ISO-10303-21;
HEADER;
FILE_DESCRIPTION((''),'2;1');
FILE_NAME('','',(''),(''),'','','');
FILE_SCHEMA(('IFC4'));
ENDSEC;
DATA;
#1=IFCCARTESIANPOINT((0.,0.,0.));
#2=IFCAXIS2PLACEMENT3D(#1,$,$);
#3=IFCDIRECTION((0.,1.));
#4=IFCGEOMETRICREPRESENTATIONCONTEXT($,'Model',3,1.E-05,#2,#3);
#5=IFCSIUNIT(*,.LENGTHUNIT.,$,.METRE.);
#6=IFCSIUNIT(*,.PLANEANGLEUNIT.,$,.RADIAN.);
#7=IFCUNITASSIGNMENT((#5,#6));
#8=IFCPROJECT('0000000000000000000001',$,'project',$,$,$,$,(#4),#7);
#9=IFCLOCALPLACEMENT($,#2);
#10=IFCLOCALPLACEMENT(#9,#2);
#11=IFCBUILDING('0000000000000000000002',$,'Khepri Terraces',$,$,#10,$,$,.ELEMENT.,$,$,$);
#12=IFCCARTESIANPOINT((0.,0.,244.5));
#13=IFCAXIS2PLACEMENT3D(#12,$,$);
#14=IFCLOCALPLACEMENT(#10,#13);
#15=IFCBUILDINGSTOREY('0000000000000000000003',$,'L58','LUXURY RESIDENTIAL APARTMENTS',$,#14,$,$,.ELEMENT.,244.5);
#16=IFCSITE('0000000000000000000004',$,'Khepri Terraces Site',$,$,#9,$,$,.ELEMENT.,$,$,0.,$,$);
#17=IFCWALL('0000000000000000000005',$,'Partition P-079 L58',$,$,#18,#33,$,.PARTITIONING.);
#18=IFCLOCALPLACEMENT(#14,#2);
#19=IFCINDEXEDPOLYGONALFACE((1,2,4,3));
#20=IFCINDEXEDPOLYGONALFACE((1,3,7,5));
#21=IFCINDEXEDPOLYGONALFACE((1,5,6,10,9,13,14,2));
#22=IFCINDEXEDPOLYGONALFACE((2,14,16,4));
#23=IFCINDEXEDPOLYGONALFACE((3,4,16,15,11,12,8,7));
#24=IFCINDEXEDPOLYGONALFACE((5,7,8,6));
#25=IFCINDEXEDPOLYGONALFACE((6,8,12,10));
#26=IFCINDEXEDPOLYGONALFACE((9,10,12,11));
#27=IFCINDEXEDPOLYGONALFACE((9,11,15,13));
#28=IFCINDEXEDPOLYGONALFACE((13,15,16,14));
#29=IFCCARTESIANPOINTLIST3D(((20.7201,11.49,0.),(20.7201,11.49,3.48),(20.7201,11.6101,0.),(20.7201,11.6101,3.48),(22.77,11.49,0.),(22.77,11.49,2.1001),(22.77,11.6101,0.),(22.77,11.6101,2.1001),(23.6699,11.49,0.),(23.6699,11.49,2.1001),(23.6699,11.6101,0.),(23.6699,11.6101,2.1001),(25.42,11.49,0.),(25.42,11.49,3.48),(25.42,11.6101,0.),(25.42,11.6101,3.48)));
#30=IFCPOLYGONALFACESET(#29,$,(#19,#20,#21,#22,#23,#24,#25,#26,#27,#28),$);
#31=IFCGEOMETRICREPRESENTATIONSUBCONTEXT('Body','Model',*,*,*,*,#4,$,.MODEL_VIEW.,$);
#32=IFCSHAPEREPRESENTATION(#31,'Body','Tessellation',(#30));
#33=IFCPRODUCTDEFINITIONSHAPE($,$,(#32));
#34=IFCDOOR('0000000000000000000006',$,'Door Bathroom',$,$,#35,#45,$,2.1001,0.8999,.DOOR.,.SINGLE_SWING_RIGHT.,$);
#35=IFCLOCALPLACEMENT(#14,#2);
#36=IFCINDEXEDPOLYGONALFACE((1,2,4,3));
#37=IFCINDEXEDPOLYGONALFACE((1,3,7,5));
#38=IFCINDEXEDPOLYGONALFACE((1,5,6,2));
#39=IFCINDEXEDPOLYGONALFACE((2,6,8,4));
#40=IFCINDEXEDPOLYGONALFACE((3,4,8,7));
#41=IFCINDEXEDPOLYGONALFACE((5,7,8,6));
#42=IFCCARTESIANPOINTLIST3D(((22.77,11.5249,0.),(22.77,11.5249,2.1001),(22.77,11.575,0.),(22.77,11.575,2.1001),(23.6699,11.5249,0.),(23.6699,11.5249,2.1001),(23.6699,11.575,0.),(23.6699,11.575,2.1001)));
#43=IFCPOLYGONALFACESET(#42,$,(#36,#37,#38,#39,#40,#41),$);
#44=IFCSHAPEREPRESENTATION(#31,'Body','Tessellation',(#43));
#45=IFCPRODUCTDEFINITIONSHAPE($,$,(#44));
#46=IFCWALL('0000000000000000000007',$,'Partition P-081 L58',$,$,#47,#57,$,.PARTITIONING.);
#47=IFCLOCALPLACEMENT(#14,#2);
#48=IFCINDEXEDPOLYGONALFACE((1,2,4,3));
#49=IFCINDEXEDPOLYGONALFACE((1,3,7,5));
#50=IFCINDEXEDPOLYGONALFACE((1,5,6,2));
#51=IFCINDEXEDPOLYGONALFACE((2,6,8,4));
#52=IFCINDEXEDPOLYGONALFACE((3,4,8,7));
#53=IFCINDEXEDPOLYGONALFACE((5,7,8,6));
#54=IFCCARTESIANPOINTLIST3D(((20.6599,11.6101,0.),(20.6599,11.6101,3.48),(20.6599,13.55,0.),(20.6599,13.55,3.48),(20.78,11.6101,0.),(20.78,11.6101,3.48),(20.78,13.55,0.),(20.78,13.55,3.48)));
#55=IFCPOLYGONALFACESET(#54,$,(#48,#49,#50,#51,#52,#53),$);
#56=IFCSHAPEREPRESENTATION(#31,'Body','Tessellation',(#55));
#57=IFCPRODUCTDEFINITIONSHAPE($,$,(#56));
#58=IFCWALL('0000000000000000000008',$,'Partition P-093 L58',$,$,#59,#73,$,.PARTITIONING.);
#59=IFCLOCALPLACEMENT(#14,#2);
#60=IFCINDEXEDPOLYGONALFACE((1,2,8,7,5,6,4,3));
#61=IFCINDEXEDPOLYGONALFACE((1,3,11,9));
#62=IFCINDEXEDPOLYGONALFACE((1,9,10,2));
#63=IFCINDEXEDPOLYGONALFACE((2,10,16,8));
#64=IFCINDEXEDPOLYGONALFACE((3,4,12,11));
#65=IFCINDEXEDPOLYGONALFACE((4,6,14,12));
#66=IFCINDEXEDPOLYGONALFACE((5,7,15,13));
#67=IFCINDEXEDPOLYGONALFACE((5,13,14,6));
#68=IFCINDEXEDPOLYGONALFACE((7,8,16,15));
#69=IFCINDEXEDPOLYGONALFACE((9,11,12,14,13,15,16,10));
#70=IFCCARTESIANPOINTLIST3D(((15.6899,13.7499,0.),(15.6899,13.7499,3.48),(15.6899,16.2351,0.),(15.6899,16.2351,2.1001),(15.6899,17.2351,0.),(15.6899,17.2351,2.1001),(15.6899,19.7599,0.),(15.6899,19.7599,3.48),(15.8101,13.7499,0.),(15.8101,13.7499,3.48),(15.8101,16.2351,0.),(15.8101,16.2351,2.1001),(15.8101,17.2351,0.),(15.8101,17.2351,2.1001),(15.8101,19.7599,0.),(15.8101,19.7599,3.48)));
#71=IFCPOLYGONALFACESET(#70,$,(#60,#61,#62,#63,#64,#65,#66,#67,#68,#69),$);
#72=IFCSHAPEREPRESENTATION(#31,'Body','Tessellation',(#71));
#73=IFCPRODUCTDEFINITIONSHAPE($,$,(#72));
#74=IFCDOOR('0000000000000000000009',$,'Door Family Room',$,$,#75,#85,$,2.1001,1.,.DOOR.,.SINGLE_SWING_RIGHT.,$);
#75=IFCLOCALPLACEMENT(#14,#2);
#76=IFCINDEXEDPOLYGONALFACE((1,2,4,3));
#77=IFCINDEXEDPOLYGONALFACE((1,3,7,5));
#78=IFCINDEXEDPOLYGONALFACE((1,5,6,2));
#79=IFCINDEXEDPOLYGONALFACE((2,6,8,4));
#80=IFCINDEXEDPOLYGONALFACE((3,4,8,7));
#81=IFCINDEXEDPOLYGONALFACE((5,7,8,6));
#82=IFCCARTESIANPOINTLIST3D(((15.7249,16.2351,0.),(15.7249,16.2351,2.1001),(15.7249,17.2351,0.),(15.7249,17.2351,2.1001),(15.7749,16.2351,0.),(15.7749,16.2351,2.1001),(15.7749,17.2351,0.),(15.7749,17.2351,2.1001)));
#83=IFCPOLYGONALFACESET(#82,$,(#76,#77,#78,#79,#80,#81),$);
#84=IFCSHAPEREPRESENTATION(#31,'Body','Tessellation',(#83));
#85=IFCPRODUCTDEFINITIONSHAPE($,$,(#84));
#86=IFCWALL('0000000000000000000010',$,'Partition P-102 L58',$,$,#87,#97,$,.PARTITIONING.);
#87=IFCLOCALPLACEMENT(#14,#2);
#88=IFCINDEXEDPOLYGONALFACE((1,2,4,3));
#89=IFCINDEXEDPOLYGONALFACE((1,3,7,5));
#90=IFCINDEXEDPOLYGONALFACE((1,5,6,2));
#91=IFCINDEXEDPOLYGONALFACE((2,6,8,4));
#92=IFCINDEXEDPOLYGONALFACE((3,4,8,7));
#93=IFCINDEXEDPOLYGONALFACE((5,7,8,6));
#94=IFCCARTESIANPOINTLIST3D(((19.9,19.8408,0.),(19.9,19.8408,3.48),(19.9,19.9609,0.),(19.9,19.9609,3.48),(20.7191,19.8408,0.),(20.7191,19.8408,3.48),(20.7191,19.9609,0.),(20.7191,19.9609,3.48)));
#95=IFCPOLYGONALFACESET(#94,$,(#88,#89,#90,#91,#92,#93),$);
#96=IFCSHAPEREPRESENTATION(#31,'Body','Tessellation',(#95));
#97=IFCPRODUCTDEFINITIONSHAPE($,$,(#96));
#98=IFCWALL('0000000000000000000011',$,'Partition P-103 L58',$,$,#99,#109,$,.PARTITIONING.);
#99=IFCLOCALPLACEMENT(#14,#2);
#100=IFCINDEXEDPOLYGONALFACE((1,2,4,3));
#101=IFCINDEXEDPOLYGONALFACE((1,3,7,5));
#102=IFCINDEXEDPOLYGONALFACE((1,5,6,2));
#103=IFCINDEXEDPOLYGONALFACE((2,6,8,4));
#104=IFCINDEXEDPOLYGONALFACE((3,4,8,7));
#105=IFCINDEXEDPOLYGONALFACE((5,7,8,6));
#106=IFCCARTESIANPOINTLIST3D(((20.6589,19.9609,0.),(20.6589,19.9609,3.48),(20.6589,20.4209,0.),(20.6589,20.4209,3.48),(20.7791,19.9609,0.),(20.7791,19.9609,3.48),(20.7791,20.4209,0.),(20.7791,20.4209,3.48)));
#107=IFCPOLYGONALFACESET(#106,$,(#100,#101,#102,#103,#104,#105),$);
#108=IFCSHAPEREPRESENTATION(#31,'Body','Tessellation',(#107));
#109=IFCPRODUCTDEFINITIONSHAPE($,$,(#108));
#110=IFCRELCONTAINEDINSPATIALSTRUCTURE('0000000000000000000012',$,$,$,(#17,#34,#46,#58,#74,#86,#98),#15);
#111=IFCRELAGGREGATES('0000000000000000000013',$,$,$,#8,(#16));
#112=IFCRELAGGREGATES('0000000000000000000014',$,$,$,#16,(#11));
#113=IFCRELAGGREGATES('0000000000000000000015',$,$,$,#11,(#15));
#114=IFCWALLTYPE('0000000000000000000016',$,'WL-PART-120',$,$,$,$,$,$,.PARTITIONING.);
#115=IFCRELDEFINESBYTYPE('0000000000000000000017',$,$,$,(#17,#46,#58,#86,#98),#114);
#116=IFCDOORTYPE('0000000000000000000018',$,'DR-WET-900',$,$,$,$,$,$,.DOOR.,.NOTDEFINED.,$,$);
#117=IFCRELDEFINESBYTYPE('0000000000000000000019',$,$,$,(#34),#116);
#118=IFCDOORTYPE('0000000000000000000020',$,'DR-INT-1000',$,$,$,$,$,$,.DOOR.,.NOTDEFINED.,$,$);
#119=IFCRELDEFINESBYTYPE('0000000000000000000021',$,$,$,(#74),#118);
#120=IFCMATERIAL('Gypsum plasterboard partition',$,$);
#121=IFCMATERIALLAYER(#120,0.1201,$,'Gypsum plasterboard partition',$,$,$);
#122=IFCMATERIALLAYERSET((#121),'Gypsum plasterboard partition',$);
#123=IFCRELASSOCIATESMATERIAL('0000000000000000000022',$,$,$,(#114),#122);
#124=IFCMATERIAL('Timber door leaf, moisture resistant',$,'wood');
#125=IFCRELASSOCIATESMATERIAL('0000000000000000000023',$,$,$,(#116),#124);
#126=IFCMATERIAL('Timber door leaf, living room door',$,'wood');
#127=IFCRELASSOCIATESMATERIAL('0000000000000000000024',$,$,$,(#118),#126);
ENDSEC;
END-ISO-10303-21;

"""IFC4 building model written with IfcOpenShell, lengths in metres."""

from ifc_helpers import new_model, si_unit, direction, frame, frame_2d, origin, place, context, subcontext, project, spatial, rectangle, extrude, material, layer, layer_set, type_object, element, fill, save


model = new_model("IFC4")

# Units and contexts
model_context = context("Model", 3, precision=1e-05, world=origin(), true_north=direction((0.0, 1.0)))
body_context = subcontext(model_context, "Body", "Model", "MODEL_VIEW")
ifc_project = project(units=[si_unit("LENGTHUNIT", "METRE"), si_unit("PLANEANGLEUNIT", "RADIAN")], contexts=[model_context])

# Site, building, storey
site_placement = place(None, origin())
site = spatial("IfcSite", under=ifc_project, at=site_placement, Name="Khepri Terraces Site", CompositionType="ELEMENT", RefElevation=0.0)
building_placement = place(site_placement, origin())
building = spatial("IfcBuilding", under=site, at=building_placement, Name="Khepri Terraces", CompositionType="ELEMENT")
storey_placement = place(building_placement, frame((0.0, 0.0, 244.5)))
storey = spatial("IfcBuildingStorey", under=building, at=storey_placement, Name="L58", Description="LUXURY RESIDENTIAL APARTMENTS", CompositionType="ELEMENT", Elevation=244.5)

# Wall, opening, door
ifc_material_1 = material(Name="Gypsum plasterboard partition")
ifc_layer_1 = layer(ifc_material_1, 0.1201, Name="Gypsum plasterboard partition")
ifc_layer_set_1 = layer_set([ifc_layer_1], Name="Gypsum plasterboard partition")
wall_type_1 = type_object("IfcWallType", Name="WL-PART-120", PredefinedType="PARTITIONING", material=ifc_layer_set_1)
wall_1_placement = place(storey_placement, frame((20.72, 11.55, 0.0), z_axis=(0.0, 0.0, 1.0), x_axis=(1.0, 0.0, 0.0)))
wall_1 = element("IfcWall", 1, at=wall_1_placement, inside=storey, type_object=wall_type_1, Name="Partition P-079 L58", PredefinedType="PARTITIONING", context=body_context, shape_type="SweptSolid", body=[
    extrude(rectangle(XDim=4.7, YDim=0.1201, at=frame_2d((2.3501, 0.0))), origin(), (0.0, 0.0, 1.0), 3.48),
])
opening_1_placement = place(wall_1_placement, frame((2.05, 0.0, 0.0)))
opening_1 = element("IfcOpeningElement", 2, at=opening_1_placement, cuts=wall_1, PredefinedType="OPENING", context=body_context, shape_type="SweptSolid", body=[
    extrude(rectangle(XDim=0.8999, YDim=2.1001, at=frame_2d((0.45, 1.05))), frame((0.0, 0.0701, 0.0), z_axis=(0.0, -1.0, 0.0), x_axis=(1.0, 0.0, 0.0)), (0.0, 0.0, 1.0), 0.1401),
])
ifc_material_2 = material(Name="Timber door leaf, moisture resistant", Category="wood")
door_type_1 = type_object("IfcDoorType", Name="DR-WET-900", OperationType="NOTDEFINED", PredefinedType="DOOR", material=ifc_material_2)
door_1_placement = place(opening_1_placement, origin())
door_1 = element("IfcDoor", 3, at=door_1_placement, inside=storey, type_object=door_type_1, Name="Door Bathroom", OperationType="SINGLE_SWING_RIGHT", OverallHeight=2.1001, OverallWidth=0.8999, PredefinedType="DOOR", context=body_context, shape_type="SweptSolid", body=[
    extrude(rectangle(XDim=0.8999, YDim=2.1001, at=frame_2d((0.45, 1.05))), frame((0.0, 0.0249, 0.0), z_axis=(0.0, -1.0, 0.0), x_axis=(1.0, 0.0, 0.0)), (0.0, 0.0, 1.0), 0.05),
])
fill(opening_1, door_1)

# Wall
wall_2_placement = place(storey_placement, frame((20.72, 11.6101, 0.0), z_axis=(0.0, 0.0, 1.0), x_axis=(0.0, 1.0, 0.0)))
element("IfcWall", 4, at=wall_2_placement, inside=storey, type_object=wall_type_1, Name="Partition P-081 L58", PredefinedType="PARTITIONING", context=body_context, shape_type="SweptSolid", body=[
    extrude(rectangle(XDim=1.9399, YDim=0.1201, at=frame_2d((0.97, 0.0))), origin(), (0.0, 0.0, 1.0), 3.48),
])

# Wall, opening, door
wall_3_placement = place(storey_placement, frame((15.75, 13.75, 0.0), z_axis=(0.0, 0.0, 1.0), x_axis=(0.0, 1.0, 0.0)))
wall_3 = element("IfcWall", 5, at=wall_3_placement, inside=storey, type_object=wall_type_1, Name="Partition P-093 L58", PredefinedType="PARTITIONING", context=body_context, shape_type="SweptSolid", body=[
    extrude(rectangle(XDim=6.01, YDim=0.1201, at=frame_2d((3.0049, 0.0))), origin(), (0.0, 0.0, 1.0), 3.48),
])
opening_2_placement = place(wall_3_placement, frame((2.4851, 0.0, 0.0)))
opening_2 = element("IfcOpeningElement", 6, at=opening_2_placement, cuts=wall_3, PredefinedType="OPENING", context=body_context, shape_type="SweptSolid", body=[
    extrude(rectangle(XDim=1.0, YDim=2.1001, at=frame_2d((0.5, 1.05))), frame((0.0, 0.0701, 0.0), z_axis=(0.0, -1.0, 0.0), x_axis=(1.0, 0.0, 0.0)), (0.0, 0.0, 1.0), 0.1401),
])
ifc_material_3 = material(Name="Timber door leaf, living room door", Category="wood")
door_type_2 = type_object("IfcDoorType", Name="DR-INT-1000", OperationType="NOTDEFINED", PredefinedType="DOOR", material=ifc_material_3)
door_2_placement = place(opening_2_placement, frame((1.0, 0.0, 0.0), z_axis=(0.0, 0.0, 1.0), x_axis=(-1.0, 0.0, 0.0)))
door_2 = element("IfcDoor", 7, at=door_2_placement, inside=storey, type_object=door_type_2, Name="Door Family Room", OperationType="SINGLE_SWING_RIGHT", OverallHeight=2.1001, OverallWidth=1.0, PredefinedType="DOOR", context=body_context, shape_type="SweptSolid", body=[
    extrude(rectangle(XDim=1.0, YDim=2.1001, at=frame_2d((0.5, 1.05))), frame((0.0, 0.0249, 0.0), z_axis=(0.0, -1.0, 0.0), x_axis=(1.0, 0.0, 0.0)), (0.0, 0.0, 1.0), 0.05),
])
fill(opening_2, door_2)

# Walls
wall_4_placement = place(storey_placement, frame((19.8999, 19.9009, 0.0), z_axis=(0.0, 0.0, 1.0), x_axis=(1.0, 0.0, 0.0)))
element("IfcWall", 8, at=wall_4_placement, inside=storey, type_object=wall_type_1, Name="Partition P-102 L58", PredefinedType="PARTITIONING", context=body_context, shape_type="SweptSolid", body=[
    extrude(rectangle(XDim=0.8191, YDim=0.1201, at=frame_2d((0.4097, 0.0))), origin(), (0.0, 0.0, 1.0), 3.48),
])
wall_5_placement = place(storey_placement, frame((20.719, 19.9609, 0.0), z_axis=(0.0, 0.0, 1.0), x_axis=(0.0, 1.0, 0.0)))
element("IfcWall", 9, at=wall_5_placement, inside=storey, type_object=wall_type_1, Name="Partition P-103 L58", PredefinedType="PARTITIONING", context=body_context, shape_type="SweptSolid", body=[
    extrude(rectangle(XDim=0.46, YDim=0.1201, at=frame_2d((0.23, 0.0))), origin(), (0.0, 0.0, 1.0), 3.48),
])

save(model, "model.ifc")
